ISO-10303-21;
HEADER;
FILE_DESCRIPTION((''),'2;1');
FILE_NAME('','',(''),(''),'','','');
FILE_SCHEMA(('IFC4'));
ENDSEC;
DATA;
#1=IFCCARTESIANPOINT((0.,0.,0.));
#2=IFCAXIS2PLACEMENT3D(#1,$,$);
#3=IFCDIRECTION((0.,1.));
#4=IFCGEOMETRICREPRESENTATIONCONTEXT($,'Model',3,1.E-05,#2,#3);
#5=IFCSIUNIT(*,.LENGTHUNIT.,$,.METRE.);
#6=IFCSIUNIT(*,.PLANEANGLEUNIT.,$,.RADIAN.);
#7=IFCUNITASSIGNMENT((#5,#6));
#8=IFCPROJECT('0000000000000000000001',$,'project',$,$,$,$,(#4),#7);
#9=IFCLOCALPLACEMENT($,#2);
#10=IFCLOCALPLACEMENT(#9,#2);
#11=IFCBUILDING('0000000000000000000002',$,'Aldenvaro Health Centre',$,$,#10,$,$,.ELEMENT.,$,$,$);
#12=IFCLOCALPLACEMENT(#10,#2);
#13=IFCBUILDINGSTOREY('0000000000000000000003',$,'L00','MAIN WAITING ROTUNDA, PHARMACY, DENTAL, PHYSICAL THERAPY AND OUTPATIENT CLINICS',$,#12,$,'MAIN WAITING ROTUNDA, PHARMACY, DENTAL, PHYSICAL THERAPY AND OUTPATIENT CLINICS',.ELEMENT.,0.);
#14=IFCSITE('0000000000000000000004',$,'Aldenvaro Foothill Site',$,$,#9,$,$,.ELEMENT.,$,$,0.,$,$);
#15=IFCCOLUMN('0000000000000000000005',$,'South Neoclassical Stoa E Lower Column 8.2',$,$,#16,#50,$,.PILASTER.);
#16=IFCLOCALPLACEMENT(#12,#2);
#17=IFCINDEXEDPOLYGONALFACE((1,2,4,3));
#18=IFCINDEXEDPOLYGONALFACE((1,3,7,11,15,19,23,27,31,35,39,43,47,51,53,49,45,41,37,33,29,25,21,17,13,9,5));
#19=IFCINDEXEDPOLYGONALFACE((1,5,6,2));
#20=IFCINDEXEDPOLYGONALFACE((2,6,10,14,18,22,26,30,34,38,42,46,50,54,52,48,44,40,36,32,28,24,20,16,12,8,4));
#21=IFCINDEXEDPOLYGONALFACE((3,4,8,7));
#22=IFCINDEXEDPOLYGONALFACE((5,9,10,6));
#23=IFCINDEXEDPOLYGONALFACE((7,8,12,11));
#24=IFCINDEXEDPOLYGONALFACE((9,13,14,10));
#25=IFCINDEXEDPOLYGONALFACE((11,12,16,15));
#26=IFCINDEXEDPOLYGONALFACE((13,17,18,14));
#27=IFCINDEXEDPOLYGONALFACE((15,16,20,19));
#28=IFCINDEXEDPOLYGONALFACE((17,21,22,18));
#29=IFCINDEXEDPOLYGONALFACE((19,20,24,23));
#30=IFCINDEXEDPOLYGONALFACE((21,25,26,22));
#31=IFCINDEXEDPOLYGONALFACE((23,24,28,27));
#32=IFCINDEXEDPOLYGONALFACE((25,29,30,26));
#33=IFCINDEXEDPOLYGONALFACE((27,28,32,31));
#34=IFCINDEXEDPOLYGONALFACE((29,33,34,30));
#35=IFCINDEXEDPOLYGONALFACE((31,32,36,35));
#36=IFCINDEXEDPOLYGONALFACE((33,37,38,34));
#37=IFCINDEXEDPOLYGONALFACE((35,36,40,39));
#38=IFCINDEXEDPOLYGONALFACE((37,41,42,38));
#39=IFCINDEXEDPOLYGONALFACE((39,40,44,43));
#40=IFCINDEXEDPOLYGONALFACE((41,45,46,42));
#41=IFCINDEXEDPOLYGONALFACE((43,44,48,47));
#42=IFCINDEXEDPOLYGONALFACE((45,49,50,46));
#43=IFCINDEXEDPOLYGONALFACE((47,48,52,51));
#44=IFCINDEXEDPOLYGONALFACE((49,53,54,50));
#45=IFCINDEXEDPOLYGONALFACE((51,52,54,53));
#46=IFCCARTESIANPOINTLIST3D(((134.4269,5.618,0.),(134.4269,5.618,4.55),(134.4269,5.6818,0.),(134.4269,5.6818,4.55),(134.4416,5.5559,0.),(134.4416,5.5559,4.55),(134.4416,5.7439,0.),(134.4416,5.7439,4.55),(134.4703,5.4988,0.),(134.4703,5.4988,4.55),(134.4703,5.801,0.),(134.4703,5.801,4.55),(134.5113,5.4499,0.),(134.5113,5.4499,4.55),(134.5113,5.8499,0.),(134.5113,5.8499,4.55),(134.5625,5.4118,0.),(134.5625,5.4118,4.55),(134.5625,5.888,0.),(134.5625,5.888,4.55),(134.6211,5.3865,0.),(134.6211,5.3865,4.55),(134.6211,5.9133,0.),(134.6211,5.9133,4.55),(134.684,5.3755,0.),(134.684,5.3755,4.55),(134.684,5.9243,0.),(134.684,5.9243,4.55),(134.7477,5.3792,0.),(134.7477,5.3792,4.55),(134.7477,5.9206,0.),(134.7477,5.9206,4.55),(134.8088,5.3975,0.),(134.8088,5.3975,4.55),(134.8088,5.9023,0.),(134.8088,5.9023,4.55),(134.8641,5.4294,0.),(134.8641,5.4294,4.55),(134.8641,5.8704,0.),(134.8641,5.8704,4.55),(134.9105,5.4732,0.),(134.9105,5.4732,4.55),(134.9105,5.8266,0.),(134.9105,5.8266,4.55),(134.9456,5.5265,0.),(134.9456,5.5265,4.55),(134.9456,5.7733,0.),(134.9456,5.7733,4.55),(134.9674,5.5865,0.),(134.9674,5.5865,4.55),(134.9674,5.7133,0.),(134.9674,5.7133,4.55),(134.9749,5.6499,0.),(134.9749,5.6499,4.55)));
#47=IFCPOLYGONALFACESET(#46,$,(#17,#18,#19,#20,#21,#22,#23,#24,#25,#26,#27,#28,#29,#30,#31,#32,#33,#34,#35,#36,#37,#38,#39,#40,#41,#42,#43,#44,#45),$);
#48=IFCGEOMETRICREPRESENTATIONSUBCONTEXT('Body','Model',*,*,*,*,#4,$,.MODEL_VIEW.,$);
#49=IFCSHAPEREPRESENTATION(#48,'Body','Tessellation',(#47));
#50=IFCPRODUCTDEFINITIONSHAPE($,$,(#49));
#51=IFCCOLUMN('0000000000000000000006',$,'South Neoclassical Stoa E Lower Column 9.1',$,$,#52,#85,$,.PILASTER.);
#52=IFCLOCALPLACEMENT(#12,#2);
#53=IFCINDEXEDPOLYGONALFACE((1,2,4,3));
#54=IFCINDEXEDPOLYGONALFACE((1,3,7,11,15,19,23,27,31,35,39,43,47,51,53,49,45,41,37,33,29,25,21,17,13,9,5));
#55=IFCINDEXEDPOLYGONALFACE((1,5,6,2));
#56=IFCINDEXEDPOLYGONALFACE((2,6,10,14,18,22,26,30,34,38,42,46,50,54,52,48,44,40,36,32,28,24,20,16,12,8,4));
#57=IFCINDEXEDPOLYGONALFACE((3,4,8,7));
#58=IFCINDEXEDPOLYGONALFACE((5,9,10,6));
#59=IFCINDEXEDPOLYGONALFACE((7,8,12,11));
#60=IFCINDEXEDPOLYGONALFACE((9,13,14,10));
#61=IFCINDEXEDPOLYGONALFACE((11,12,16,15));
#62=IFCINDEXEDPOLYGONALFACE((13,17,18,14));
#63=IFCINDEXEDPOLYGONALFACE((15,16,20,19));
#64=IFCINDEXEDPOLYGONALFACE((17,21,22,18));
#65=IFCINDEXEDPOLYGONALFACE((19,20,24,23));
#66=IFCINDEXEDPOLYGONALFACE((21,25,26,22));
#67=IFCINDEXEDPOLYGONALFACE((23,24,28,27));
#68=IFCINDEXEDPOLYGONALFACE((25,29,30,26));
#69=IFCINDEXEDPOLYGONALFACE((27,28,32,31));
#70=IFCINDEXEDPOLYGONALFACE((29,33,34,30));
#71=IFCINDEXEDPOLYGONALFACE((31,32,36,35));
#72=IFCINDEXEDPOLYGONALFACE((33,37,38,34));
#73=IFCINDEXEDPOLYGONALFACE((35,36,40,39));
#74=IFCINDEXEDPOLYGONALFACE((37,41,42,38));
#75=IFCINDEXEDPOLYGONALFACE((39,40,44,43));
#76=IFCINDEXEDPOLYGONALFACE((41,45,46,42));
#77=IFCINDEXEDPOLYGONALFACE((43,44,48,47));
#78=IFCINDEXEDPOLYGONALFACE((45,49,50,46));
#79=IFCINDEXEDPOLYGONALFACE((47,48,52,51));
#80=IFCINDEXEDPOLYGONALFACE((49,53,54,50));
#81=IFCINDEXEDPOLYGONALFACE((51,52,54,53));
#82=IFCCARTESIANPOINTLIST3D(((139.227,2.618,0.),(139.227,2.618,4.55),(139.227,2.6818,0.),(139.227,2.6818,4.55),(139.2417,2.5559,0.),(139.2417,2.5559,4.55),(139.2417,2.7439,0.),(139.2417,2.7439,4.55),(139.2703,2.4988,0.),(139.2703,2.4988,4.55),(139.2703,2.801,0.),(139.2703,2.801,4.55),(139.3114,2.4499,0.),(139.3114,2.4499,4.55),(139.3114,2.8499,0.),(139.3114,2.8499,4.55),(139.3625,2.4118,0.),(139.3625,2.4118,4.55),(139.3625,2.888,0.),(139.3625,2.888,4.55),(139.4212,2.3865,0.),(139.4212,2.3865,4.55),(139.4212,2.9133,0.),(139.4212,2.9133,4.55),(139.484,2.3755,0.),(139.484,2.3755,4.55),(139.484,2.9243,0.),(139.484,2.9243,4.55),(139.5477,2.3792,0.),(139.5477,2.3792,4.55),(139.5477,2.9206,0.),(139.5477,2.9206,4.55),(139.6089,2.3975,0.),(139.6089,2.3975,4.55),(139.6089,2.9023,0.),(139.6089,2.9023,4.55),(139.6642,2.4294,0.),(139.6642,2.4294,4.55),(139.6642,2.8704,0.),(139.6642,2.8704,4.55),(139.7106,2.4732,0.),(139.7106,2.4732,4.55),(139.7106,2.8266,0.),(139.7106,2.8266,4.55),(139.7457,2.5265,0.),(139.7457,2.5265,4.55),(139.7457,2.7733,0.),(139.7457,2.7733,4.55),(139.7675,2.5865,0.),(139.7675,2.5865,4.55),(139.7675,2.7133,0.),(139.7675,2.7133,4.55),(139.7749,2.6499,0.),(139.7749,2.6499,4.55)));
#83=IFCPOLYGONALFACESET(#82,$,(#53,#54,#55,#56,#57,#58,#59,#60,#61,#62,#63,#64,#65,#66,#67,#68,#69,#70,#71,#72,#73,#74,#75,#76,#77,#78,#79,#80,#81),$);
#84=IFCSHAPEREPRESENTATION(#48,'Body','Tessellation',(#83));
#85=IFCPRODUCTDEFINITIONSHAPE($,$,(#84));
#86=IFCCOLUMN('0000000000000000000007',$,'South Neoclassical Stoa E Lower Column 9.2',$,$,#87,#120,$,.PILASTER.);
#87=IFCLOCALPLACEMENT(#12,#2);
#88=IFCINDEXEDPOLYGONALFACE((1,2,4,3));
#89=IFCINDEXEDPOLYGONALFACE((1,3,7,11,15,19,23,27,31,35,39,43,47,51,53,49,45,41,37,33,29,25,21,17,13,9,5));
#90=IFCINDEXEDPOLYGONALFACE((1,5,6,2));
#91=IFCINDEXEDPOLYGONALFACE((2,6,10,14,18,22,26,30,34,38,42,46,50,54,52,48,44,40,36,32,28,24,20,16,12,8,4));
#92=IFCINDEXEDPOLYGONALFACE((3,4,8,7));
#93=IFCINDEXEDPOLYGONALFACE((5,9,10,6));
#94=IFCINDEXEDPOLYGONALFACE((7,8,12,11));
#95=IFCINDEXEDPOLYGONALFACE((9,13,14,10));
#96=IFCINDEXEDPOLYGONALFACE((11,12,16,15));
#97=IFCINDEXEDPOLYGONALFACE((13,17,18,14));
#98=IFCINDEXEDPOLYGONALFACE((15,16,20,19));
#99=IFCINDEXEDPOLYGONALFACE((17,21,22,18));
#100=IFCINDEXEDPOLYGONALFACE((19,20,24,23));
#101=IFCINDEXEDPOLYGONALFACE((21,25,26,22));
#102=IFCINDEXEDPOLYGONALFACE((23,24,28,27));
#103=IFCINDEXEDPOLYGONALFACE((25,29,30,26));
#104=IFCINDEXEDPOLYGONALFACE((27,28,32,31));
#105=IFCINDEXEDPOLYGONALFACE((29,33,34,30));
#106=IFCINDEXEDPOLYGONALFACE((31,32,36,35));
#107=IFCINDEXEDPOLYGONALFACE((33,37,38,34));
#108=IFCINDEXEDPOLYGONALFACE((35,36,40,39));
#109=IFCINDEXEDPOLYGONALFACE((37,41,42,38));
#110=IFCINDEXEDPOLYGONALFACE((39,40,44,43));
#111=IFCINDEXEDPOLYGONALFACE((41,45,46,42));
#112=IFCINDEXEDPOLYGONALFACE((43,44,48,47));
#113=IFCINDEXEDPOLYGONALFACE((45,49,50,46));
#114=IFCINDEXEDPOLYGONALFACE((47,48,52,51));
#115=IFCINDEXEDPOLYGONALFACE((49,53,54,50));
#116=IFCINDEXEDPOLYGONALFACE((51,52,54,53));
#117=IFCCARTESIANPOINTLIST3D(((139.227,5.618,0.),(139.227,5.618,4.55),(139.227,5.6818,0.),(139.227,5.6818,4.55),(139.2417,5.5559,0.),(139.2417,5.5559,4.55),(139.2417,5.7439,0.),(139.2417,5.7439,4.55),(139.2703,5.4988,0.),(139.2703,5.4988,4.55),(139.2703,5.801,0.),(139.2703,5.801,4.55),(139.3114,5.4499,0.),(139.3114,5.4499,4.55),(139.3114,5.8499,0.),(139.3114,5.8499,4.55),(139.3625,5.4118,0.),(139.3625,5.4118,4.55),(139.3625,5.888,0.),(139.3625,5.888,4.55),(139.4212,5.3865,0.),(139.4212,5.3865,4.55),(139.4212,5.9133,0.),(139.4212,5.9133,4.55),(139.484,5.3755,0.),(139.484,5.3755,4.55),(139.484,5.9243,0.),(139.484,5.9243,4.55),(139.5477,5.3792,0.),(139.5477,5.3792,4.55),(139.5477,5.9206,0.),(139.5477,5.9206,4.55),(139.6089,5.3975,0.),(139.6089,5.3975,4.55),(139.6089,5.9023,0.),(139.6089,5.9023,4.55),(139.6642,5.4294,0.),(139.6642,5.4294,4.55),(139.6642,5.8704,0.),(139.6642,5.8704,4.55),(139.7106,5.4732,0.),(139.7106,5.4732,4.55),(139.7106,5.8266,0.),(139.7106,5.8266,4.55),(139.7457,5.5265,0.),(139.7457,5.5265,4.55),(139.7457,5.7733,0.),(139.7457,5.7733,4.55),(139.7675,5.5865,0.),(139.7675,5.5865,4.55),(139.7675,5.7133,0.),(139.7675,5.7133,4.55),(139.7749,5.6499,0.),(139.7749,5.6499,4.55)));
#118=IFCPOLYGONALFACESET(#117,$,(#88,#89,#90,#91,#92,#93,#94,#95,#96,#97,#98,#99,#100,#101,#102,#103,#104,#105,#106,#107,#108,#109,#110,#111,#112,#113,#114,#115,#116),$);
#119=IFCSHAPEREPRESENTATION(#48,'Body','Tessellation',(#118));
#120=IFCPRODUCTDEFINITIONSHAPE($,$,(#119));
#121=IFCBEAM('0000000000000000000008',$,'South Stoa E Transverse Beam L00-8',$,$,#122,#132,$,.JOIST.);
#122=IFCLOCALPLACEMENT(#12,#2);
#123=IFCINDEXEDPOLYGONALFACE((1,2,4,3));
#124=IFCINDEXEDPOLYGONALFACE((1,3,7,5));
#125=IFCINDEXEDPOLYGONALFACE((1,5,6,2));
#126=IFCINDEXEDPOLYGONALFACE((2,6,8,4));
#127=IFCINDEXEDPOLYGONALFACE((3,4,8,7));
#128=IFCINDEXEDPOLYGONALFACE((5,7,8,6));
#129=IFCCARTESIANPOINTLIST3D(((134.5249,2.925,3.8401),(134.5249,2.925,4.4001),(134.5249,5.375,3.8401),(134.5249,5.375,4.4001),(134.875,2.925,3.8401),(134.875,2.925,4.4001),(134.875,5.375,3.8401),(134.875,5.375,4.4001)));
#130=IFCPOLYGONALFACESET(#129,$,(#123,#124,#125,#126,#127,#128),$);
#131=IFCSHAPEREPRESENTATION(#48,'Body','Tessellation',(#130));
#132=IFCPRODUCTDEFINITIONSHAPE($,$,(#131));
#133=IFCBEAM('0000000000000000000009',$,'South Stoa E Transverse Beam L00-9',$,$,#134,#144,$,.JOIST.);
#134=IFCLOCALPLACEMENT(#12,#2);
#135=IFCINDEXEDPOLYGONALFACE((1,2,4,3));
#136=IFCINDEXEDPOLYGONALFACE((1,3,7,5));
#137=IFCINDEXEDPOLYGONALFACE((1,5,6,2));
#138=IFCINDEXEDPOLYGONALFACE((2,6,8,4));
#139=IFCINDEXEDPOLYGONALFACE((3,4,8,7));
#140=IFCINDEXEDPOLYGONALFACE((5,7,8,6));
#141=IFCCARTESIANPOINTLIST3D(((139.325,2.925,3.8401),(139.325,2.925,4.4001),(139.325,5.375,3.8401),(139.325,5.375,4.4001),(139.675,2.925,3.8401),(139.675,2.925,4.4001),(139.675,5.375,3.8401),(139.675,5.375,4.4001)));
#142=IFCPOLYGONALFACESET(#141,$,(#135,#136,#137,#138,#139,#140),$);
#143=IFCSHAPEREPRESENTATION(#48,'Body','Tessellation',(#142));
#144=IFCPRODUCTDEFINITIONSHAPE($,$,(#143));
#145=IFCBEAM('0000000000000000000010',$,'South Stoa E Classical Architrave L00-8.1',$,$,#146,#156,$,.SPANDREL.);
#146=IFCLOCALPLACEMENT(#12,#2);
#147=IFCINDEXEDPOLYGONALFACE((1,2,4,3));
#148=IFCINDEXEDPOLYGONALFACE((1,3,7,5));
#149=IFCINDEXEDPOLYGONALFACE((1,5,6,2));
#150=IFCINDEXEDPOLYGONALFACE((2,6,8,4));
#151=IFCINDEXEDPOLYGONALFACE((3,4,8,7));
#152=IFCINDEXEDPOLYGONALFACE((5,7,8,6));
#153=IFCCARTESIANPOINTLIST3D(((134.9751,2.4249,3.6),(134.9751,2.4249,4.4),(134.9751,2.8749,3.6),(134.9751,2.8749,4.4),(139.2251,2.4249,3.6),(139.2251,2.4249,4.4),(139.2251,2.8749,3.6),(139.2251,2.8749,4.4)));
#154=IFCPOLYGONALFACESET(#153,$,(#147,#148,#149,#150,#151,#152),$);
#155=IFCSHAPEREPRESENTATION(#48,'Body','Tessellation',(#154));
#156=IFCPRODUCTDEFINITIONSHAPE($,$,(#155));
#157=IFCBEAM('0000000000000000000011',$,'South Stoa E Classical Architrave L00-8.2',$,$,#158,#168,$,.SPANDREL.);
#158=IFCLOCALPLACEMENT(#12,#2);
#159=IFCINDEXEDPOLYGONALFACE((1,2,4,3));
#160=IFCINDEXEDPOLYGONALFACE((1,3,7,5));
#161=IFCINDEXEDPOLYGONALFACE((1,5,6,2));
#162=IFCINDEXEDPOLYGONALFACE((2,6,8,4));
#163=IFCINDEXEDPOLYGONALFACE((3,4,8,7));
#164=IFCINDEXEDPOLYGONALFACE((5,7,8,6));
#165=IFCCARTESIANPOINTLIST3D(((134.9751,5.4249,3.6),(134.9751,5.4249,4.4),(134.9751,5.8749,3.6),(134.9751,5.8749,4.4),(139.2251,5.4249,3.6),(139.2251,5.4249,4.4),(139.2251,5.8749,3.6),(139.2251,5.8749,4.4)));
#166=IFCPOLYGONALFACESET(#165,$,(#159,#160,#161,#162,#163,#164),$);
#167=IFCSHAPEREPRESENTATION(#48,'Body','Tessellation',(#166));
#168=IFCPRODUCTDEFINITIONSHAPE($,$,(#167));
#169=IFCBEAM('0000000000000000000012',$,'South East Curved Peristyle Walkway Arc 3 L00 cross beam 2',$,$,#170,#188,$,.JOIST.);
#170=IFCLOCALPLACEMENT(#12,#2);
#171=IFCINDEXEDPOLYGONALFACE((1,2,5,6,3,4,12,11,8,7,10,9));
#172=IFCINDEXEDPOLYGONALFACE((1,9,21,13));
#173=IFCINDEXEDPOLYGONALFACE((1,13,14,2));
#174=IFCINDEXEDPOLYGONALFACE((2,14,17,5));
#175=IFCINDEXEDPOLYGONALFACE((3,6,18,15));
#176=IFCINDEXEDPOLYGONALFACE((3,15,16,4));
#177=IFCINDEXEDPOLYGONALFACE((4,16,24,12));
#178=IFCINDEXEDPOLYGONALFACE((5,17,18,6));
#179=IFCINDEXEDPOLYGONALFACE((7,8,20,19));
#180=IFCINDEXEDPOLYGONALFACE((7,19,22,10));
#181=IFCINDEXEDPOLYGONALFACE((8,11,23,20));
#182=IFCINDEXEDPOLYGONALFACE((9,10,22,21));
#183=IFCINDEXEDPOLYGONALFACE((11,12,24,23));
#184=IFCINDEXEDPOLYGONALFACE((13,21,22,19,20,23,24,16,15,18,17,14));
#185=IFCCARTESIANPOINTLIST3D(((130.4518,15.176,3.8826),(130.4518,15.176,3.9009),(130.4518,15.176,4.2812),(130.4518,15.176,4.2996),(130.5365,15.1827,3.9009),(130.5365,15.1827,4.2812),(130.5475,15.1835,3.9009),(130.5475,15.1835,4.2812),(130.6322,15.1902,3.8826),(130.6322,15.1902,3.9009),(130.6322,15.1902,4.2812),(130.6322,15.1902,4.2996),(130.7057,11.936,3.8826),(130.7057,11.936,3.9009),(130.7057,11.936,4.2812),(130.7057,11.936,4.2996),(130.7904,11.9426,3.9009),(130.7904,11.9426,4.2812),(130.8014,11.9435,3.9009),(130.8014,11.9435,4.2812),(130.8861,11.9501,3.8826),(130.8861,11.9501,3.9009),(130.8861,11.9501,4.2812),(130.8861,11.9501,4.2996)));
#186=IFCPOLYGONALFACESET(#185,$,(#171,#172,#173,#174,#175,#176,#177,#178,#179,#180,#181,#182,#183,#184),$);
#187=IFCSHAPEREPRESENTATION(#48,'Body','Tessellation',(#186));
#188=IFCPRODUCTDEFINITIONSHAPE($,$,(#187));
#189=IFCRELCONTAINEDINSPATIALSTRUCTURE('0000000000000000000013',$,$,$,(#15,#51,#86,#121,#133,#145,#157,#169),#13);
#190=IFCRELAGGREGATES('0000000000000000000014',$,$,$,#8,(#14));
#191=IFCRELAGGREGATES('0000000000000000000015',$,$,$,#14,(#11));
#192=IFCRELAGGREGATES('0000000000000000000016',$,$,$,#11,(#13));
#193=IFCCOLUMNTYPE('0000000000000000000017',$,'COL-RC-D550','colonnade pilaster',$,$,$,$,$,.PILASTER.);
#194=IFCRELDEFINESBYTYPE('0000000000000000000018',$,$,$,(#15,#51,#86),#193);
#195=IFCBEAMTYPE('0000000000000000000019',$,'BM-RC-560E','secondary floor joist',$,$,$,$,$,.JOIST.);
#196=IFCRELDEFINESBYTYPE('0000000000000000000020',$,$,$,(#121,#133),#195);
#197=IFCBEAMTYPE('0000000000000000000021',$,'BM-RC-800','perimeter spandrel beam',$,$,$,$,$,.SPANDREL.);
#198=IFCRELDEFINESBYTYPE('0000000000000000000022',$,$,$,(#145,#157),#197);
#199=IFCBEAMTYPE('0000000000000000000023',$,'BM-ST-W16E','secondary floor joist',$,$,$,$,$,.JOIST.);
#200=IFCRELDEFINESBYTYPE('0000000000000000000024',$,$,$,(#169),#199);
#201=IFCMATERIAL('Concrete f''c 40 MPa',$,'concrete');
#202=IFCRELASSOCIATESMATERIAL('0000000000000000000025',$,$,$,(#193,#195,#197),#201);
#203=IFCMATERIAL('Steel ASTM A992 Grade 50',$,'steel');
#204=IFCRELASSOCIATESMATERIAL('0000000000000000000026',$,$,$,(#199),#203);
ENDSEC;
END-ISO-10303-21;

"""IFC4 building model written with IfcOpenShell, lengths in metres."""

from ifc_helpers import new_model, si_unit, direction, frame, origin, origin_2d, place, context, subcontext, project, spatial, rectangle, circle, i_section, extrude, material, material_profile, profile_set, type_object, element, save


model = new_model("IFC4")

# Units and contexts
model_context = context("Model", 3, precision=1e-05, world=origin(), true_north=direction((0.0, 1.0)))
body_context = subcontext(model_context, "Body", "Model", "MODEL_VIEW")
ifc_project = project(units=[si_unit("LENGTHUNIT", "METRE"), si_unit("PLANEANGLEUNIT", "RADIAN")], contexts=[model_context])

# Site, building, storey
site_placement = place(None, origin())
site = spatial("IfcSite", under=ifc_project, at=site_placement, Name="Aldenvaro Foothill Site", CompositionType="ELEMENT", RefElevation=0.0)
building_placement = place(site_placement, origin())
building = spatial("IfcBuilding", under=site, at=building_placement, Name="Aldenvaro Health Centre", CompositionType="ELEMENT")
storey_placement = place(building_placement, origin())
storey = spatial("IfcBuildingStorey", under=building, at=storey_placement, Name="L00", Description="MAIN WAITING ROTUNDA, PHARMACY, DENTAL, PHYSICAL THERAPY AND OUTPATIENT CLINICS", LongName="MAIN WAITING ROTUNDA, PHARMACY, DENTAL, PHYSICAL THERAPY AND OUTPATIENT CLINICS", CompositionType="ELEMENT", Elevation=0.0)

# Columns
ifc_material_1 = material(Name="Concrete f'c 40 MPa", Category="concrete")
ifc_material_profile_1 = material_profile(ifc_material_1, circle(Radius=0.2749, at=origin_2d()), Name="RC D550", Category="concrete")
ifc_profile_set_1 = profile_set([ifc_material_profile_1], Name="Concrete f'c 40 MPa")
column_type = type_object("IfcColumnType", Name="COL-RC-D550", Description="colonnade pilaster", PredefinedType="PILASTER", material=ifc_profile_set_1)
for number, where, z_axis, x_axis, name in (
    (1, (134.7, 5.6499, 0.0), (0.0, 0.0, 1.0), (1.0, 0.0, 0.0), "South Neoclassical Stoa E Lower Column 8.2"),
    (2, (139.5, 2.6499, 0.0), (0.0, 0.0, 1.0), (1.0, 0.0, 0.0), "South Neoclassical Stoa E Lower Column 9.1"),
    (3, (139.5, 5.6499, 0.0), (0.0, 0.0, 1.0), (1.0, 0.0, 0.0), "South Neoclassical Stoa E Lower Column 9.2"),
):
    element("IfcColumn", number, at=place(storey_placement, frame(where, z_axis=z_axis, x_axis=x_axis)), inside=storey, type_object=column_type, Name=name, PredefinedType="PILASTER", context=body_context, shape_type="SweptSolid", body=[
        extrude(circle(Radius=0.2749, at=origin_2d()), origin(), (0.0, 0.0, 1.0), 4.55),
    ])

# Beams
ifc_material_profile_2 = material_profile(ifc_material_1, rectangle(XDim=0.3501, YDim=0.5601, at=origin_2d()), Name="RC 350x560", Category="concrete")
ifc_profile_set_2 = profile_set([ifc_material_profile_2], Name="Concrete f'c 40 MPa")
beam_type_1 = type_object("IfcBeamType", Name="BM-RC-560E", Description="secondary floor joist", PredefinedType="JOIST", material=ifc_profile_set_2)
for number, where, z_axis, x_axis, name in (
    (4, (134.7, 2.925, 4.1201), (0.0, 1.0, 0.0), (-1.0, 0.0, 0.0), "South Stoa E Transverse Beam L00-8"),
    (5, (139.5, 2.925, 4.1201), (0.0, 1.0, 0.0), (-1.0, 0.0, 0.0), "South Stoa E Transverse Beam L00-9"),
):
    element("IfcBeam", number, at=place(storey_placement, frame(where, z_axis=z_axis, x_axis=x_axis)), inside=storey, type_object=beam_type_1, Name=name, PredefinedType="JOIST", context=body_context, shape_type="SweptSolid", body=[
        extrude(rectangle(XDim=0.3501, YDim=0.5601, at=origin_2d()), origin(), (0.0, 0.0, 1.0), 2.45),
    ])
ifc_material_profile_3 = material_profile(ifc_material_1, rectangle(XDim=0.45, YDim=0.8, at=origin_2d()), Name="RC 450x800", Category="concrete")
ifc_profile_set_3 = profile_set([ifc_material_profile_3], Name="Concrete f'c 40 MPa")
beam_type_2 = type_object("IfcBeamType", Name="BM-RC-800", Description="perimeter spandrel beam", PredefinedType="SPANDREL", material=ifc_profile_set_3)
for number, where, z_axis, x_axis, name in (
    (6, (134.9751, 2.6499, 4.0), (1.0, 0.0, 0.0), (0.0, 1.0, 0.0), "South Stoa E Classical Architrave L00-8.1"),
    (7, (134.9751, 5.6499, 4.0), (1.0, 0.0, 0.0), (0.0, 1.0, 0.0), "South Stoa E Classical Architrave L00-8.2"),
):
    element("IfcBeam", number, at=place(storey_placement, frame(where, z_axis=z_axis, x_axis=x_axis)), inside=storey, type_object=beam_type_2, Name=name, PredefinedType="SPANDREL", context=body_context, shape_type="SweptSolid", body=[
        extrude(rectangle(XDim=0.45, YDim=0.8, at=origin_2d()), origin(), (0.0, 0.0, 1.0), 4.25),
    ])
ifc_material_2 = material(Name="Steel ASTM A992 Grade 50", Category="steel")
ifc_material_profile_4 = material_profile(ifc_material_2, i_section(OverallWidth=0.1809, OverallDepth=0.417, WebThickness=0.011, FlangeThickness=0.0183, at=origin_2d()), Name="W16X57", Category="steel")
ifc_profile_set_4 = profile_set([ifc_material_profile_4], Name="Steel ASTM A992 Grade 50")
beam_type_3 = type_object("IfcBeamType", Name="BM-ST-W16E", Description="secondary floor joist", PredefinedType="JOIST", material=ifc_profile_set_4)
beam_1_placement = place(storey_placement, frame((130.542, 15.1831, 4.0911), z_axis=(0.078127, -0.996943, 0.0), x_axis=(0.996943, 0.078127, 0.0)))
element("IfcBeam", 8, at=beam_1_placement, inside=storey, type_object=beam_type_3, Name="South East Curved Peristyle Walkway Arc 3 L00 cross beam 2", PredefinedType="JOIST", context=body_context, shape_type="SweptSolid", body=[
    extrude(i_section(OverallWidth=0.1809, OverallDepth=0.417, WebThickness=0.011, FlangeThickness=0.0183, at=origin_2d()), origin(), (0.0, 0.0, 1.0), 3.25),
])

save(model, "model.ifc")
